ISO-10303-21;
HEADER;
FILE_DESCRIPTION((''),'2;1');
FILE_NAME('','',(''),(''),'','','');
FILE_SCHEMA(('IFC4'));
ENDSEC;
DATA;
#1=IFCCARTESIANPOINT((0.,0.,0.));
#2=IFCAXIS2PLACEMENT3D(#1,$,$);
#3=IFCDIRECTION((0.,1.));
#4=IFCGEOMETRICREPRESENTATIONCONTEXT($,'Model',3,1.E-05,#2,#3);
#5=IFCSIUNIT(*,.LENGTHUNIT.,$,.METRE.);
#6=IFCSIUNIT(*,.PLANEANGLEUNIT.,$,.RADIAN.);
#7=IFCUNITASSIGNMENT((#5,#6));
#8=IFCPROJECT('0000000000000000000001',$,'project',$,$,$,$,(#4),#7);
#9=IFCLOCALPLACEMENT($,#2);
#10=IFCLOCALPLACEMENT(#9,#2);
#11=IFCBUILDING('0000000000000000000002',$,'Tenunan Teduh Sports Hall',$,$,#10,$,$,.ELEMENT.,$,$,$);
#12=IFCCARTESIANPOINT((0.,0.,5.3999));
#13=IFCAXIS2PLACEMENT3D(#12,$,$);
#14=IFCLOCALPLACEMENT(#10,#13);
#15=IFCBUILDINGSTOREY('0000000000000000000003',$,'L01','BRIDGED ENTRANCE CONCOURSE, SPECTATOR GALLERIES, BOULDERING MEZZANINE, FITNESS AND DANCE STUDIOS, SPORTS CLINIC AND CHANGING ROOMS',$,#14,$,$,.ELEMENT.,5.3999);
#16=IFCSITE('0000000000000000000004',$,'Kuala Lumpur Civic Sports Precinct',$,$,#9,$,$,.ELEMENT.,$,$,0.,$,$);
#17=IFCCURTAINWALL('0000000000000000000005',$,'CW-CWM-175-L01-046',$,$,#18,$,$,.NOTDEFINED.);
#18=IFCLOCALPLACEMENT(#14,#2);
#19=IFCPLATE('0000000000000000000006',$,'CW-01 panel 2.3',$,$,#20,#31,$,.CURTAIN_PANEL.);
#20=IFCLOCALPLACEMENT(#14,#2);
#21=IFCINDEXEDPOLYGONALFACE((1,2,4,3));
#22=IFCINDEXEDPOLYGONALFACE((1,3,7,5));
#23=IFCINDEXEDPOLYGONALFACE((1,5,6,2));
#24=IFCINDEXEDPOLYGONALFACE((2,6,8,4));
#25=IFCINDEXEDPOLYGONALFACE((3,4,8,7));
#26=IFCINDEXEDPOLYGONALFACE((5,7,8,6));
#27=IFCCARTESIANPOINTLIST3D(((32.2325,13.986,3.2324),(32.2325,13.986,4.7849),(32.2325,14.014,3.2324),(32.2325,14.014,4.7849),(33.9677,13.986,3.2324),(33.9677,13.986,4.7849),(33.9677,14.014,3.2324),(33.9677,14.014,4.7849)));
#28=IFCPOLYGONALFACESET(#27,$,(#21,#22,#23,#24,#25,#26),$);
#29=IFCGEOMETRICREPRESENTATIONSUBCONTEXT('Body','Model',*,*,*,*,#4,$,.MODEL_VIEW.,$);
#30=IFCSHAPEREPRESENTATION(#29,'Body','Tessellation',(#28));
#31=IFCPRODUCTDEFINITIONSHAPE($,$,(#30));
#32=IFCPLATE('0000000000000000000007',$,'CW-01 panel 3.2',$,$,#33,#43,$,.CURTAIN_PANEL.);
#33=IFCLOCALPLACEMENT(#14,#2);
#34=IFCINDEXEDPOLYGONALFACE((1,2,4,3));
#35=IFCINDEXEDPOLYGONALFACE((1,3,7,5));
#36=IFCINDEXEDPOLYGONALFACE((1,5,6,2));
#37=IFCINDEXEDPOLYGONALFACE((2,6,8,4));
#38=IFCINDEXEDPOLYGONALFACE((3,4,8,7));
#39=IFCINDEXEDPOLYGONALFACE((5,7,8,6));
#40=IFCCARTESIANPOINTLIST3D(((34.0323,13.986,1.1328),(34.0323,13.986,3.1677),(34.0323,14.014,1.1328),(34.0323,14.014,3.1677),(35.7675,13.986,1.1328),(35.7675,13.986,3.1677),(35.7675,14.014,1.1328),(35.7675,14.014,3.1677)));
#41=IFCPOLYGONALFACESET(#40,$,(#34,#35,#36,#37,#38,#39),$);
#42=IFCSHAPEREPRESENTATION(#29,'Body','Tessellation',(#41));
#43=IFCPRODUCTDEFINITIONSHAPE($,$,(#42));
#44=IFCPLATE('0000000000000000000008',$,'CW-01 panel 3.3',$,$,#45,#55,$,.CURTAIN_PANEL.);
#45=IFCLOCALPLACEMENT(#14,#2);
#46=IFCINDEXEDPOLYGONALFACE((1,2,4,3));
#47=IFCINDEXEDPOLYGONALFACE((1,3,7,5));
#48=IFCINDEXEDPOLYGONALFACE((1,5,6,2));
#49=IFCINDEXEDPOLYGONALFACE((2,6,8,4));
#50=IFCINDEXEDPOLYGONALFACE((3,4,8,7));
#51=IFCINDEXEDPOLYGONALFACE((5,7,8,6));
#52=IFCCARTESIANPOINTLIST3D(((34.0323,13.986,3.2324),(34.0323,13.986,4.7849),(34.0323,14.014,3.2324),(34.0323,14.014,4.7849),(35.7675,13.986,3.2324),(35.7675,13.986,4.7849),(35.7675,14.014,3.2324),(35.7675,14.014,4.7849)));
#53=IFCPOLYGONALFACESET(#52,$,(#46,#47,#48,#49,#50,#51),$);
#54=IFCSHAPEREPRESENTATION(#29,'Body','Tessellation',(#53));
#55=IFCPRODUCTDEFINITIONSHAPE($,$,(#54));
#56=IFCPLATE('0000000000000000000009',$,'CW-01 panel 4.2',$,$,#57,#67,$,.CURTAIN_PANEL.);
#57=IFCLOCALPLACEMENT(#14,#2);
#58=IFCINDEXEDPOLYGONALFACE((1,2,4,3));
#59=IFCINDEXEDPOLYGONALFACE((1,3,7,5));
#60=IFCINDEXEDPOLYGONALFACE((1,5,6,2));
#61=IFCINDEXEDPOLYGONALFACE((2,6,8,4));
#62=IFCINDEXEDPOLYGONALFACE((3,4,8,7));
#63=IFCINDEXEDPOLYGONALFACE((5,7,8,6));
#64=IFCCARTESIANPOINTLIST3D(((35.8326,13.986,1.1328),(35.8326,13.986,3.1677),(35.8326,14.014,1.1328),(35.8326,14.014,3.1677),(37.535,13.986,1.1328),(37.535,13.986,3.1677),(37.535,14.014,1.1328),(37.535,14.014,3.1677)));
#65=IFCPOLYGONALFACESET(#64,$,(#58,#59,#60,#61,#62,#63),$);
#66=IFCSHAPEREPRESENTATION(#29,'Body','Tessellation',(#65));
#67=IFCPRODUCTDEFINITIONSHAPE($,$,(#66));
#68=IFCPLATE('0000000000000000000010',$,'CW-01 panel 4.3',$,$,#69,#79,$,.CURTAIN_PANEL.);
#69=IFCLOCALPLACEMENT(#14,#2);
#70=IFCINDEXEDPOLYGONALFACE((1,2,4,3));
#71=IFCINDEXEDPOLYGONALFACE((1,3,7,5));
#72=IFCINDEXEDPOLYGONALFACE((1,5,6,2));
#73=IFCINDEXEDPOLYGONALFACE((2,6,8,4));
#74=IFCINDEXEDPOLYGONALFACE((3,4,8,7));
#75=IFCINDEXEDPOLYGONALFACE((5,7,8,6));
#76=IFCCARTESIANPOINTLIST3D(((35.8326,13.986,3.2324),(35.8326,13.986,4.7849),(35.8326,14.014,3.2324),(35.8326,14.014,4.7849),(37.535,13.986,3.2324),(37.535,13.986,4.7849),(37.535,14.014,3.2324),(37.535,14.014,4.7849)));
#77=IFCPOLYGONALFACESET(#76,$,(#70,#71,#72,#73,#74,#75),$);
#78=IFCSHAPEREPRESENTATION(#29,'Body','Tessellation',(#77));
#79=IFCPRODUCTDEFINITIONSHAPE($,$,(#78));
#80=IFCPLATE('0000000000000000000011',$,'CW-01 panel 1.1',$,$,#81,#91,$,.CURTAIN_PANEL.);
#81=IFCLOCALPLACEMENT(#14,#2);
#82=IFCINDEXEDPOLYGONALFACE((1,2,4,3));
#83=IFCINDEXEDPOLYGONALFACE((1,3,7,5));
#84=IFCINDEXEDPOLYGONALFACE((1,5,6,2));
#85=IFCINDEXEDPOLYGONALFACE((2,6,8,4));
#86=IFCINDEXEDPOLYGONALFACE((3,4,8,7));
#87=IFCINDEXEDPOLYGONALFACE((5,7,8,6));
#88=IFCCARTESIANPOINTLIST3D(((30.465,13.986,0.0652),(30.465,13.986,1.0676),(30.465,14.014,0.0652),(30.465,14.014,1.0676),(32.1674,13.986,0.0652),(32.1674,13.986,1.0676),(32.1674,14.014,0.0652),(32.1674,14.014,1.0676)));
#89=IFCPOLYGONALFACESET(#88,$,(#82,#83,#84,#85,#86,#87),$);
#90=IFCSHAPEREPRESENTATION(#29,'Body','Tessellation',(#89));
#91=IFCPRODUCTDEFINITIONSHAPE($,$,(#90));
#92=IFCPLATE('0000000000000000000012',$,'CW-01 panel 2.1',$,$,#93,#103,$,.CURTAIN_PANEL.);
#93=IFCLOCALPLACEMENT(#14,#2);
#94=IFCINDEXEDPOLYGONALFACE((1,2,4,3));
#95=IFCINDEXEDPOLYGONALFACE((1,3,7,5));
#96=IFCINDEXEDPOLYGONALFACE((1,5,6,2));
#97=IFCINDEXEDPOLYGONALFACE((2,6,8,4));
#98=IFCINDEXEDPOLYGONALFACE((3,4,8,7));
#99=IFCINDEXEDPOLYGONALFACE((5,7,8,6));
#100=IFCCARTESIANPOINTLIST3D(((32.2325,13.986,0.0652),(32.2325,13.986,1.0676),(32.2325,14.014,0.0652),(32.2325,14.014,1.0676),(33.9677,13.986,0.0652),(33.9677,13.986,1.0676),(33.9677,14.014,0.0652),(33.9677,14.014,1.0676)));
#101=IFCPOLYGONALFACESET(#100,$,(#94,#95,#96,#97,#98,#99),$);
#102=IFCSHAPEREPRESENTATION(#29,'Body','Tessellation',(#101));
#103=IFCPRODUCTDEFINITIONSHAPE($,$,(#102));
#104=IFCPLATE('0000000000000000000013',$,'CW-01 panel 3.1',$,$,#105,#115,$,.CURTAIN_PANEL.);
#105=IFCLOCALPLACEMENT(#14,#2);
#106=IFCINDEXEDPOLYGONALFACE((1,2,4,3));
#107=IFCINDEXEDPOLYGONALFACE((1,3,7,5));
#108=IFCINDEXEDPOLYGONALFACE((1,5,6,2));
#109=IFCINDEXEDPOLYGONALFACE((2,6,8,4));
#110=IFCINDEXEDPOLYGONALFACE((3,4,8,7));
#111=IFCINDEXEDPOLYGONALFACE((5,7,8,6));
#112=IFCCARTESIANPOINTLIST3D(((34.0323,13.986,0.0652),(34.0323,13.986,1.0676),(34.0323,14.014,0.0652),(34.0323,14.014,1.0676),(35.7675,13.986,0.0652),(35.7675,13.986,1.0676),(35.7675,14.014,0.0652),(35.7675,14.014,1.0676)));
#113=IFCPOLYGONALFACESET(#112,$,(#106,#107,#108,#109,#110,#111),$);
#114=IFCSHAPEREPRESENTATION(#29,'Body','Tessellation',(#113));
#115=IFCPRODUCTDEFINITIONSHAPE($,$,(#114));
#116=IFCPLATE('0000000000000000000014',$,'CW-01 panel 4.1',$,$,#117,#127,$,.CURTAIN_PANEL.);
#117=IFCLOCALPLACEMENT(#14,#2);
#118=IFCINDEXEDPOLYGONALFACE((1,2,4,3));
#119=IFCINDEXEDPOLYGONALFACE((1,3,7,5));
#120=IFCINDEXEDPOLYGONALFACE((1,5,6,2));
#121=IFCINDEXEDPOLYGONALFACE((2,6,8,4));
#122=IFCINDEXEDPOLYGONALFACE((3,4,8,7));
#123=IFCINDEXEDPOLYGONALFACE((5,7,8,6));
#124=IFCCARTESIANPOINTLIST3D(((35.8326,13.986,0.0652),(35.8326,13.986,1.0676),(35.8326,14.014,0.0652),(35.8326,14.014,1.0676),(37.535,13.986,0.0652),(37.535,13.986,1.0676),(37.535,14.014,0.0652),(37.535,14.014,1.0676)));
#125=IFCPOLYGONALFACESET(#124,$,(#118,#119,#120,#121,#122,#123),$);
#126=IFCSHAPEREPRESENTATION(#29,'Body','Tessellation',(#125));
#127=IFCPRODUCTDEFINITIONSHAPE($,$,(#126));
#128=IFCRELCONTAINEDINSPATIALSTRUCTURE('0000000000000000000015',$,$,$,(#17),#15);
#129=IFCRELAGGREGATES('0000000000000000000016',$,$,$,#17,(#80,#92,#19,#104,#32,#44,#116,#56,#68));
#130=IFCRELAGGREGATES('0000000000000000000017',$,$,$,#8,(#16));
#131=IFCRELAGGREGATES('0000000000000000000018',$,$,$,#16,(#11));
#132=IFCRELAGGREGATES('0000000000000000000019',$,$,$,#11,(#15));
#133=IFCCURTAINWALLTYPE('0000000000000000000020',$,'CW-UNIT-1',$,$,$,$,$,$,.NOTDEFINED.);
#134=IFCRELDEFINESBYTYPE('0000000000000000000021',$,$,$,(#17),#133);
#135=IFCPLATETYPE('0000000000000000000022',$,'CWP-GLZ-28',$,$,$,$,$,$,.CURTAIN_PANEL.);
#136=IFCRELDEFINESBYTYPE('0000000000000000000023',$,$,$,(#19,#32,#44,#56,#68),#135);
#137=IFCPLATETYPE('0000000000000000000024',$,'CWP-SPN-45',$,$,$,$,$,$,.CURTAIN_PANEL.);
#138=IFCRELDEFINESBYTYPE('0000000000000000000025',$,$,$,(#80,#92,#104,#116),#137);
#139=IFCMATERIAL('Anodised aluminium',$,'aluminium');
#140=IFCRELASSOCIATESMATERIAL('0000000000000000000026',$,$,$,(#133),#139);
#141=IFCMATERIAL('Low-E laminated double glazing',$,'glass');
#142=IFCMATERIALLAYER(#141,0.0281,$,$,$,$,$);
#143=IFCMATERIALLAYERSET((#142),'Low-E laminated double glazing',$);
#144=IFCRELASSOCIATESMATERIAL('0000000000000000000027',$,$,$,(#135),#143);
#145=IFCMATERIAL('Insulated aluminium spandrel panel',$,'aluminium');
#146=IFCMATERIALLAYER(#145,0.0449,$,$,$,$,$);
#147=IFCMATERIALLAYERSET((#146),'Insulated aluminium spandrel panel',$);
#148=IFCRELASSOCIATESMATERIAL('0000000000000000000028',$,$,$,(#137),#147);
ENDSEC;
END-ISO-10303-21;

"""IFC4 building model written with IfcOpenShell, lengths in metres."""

from ifc_helpers import new_model, si_unit, direction, frame, origin, origin_2d, place, context, subcontext, project, spatial, rectangle, extrude, material, layer, layer_set, type_object, element, aggregate, save


model = new_model("IFC4")

# Units and contexts
model_context = context("Model", 3, precision=1e-05, world=origin(), true_north=direction((0.0, 1.0)))
body_context = subcontext(model_context, "Body", "Model", "MODEL_VIEW")
ifc_project = project(units=[si_unit("LENGTHUNIT", "METRE"), si_unit("PLANEANGLEUNIT", "RADIAN")], contexts=[model_context])

# Site, building, storey
site_placement = place(None, origin())
site = spatial("IfcSite", under=ifc_project, at=site_placement, Name="Kuala Lumpur Civic Sports Precinct", CompositionType="ELEMENT", RefElevation=0.0)
building_placement = place(site_placement, origin())
building = spatial("IfcBuilding", under=site, at=building_placement, Name="Tenunan Teduh Sports Hall", CompositionType="ELEMENT")
storey_placement = place(building_placement, frame((0.0, 0.0, 5.3999)))
storey = spatial("IfcBuildingStorey", under=building, at=storey_placement, Name="L01", Description="BRIDGED ENTRANCE CONCOURSE, SPECTATOR GALLERIES, BOULDERING MEZZANINE, FITNESS AND DANCE STUDIOS, SPORTS CLINIC AND CHANGING ROOMS", CompositionType="ELEMENT", Elevation=5.3999)

# Curtain wall
ifc_material_1 = material(Name="Anodised aluminium", Category="aluminium")
curtain_wall_type = type_object("IfcCurtainWallType", Name="CW-UNIT-1", PredefinedType="NOTDEFINED", material=ifc_material_1)
curtain_wall_placement = place(storey_placement, origin())
curtain_wall = element("IfcCurtainWall", 1, at=curtain_wall_placement, inside=storey, type_object=curtain_wall_type, Name="CW-CWM-175-L01-046", PredefinedType="NOTDEFINED")

# Plates
ifc_material_2 = material(Name="Low-E laminated double glazing", Category="glass")
ifc_layer_1 = layer(ifc_material_2, 0.0281)
ifc_layer_set_1 = layer_set([ifc_layer_1], Name="Low-E laminated double glazing")
plate_type_1 = type_object("IfcPlateType", Name="CWP-GLZ-28", PredefinedType="CURTAIN_PANEL", material=ifc_layer_set_1)
plate_1_placement = place(storey_placement, frame((33.1001, 14.0, 3.2324), z_axis=(0.0, 0.0, 1.0), x_axis=(1.0, 0.0, 0.0)))
plate_1 = element("IfcPlate", 2, at=plate_1_placement, type_object=plate_type_1, Name="CW-01 panel 2.3", PredefinedType="CURTAIN_PANEL", context=body_context, shape_type="SweptSolid", body=[
    extrude(rectangle(XDim=1.7351, YDim=0.0281, at=origin_2d()), origin(), (0.0, 0.0, 1.0), 1.5525),
])
plate_2_placement = place(storey_placement, frame((34.8999, 14.0, 1.1328), z_axis=(0.0, 0.0, 1.0), x_axis=(1.0, 0.0, 0.0)))
plate_2 = element("IfcPlate", 3, at=plate_2_placement, type_object=plate_type_1, Name="CW-01 panel 3.2", PredefinedType="CURTAIN_PANEL", context=body_context, shape_type="SweptSolid", body=[
    extrude(rectangle(XDim=1.7351, YDim=0.0281, at=origin_2d()), origin(), (0.0, 0.0, 1.0), 2.0349),
])
plate_3_placement = place(storey_placement, frame((34.8999, 14.0, 3.2324), z_axis=(0.0, 0.0, 1.0), x_axis=(1.0, 0.0, 0.0)))
plate_3 = element("IfcPlate", 4, at=plate_3_placement, type_object=plate_type_1, Name="CW-01 panel 3.3", PredefinedType="CURTAIN_PANEL", context=body_context, shape_type="SweptSolid", body=[
    extrude(rectangle(XDim=1.7351, YDim=0.0281, at=origin_2d()), origin(), (0.0, 0.0, 1.0), 1.5525),
])
plate_4_placement = place(storey_placement, frame((36.6838, 14.0, 1.1328), z_axis=(0.0, 0.0, 1.0), x_axis=(1.0, 0.0, 0.0)))
plate_4 = element("IfcPlate", 5, at=plate_4_placement, type_object=plate_type_1, Name="CW-01 panel 4.2", PredefinedType="CURTAIN_PANEL", context=body_context, shape_type="SweptSolid", body=[
    extrude(rectangle(XDim=1.7024, YDim=0.0281, at=origin_2d()), origin(), (0.0, 0.0, 1.0), 2.0349),
])
plate_5_placement = place(storey_placement, frame((36.6838, 14.0, 3.2324), z_axis=(0.0, 0.0, 1.0), x_axis=(1.0, 0.0, 0.0)))
plate_5 = element("IfcPlate", 6, at=plate_5_placement, type_object=plate_type_1, Name="CW-01 panel 4.3", PredefinedType="CURTAIN_PANEL", context=body_context, shape_type="SweptSolid", body=[
    extrude(rectangle(XDim=1.7024, YDim=0.0281, at=origin_2d()), origin(), (0.0, 0.0, 1.0), 1.5525),
])
ifc_material_3 = material(Name="Insulated aluminium spandrel panel", Category="aluminium")
ifc_layer_2 = layer(ifc_material_3, 0.0449)
ifc_layer_set_2 = layer_set([ifc_layer_2], Name="Insulated aluminium spandrel panel")
plate_type_2 = type_object("IfcPlateType", Name="CWP-SPN-45", PredefinedType="CURTAIN_PANEL", material=ifc_layer_set_2)
plate_6_placement = place(storey_placement, frame((31.3162, 14.0, 0.0652), z_axis=(0.0, 0.0, 1.0), x_axis=(1.0, 0.0, 0.0)))
plate_6 = element("IfcPlate", 7, at=plate_6_placement, type_object=plate_type_2, Name="CW-01 panel 1.1", PredefinedType="CURTAIN_PANEL", context=body_context, shape_type="SweptSolid", body=[
    extrude(rectangle(XDim=1.7024, YDim=0.0281, at=origin_2d()), origin(), (0.0, 0.0, 1.0), 1.0024),
])
plate_7_placement = place(storey_placement, frame((33.1001, 14.0, 0.0652), z_axis=(0.0, 0.0, 1.0), x_axis=(1.0, 0.0, 0.0)))
plate_7 = element("IfcPlate", 8, at=plate_7_placement, type_object=plate_type_2, Name="CW-01 panel 2.1", PredefinedType="CURTAIN_PANEL", context=body_context, shape_type="SweptSolid", body=[
    extrude(rectangle(XDim=1.7351, YDim=0.0281, at=origin_2d()), origin(), (0.0, 0.0, 1.0), 1.0024),
])
plate_8_placement = place(storey_placement, frame((34.8999, 14.0, 0.0652), z_axis=(0.0, 0.0, 1.0), x_axis=(1.0, 0.0, 0.0)))
plate_8 = element("IfcPlate", 9, at=plate_8_placement, type_object=plate_type_2, Name="CW-01 panel 3.1", PredefinedType="CURTAIN_PANEL", context=body_context, shape_type="SweptSolid", body=[
    extrude(rectangle(XDim=1.7351, YDim=0.0281, at=origin_2d()), origin(), (0.0, 0.0, 1.0), 1.0024),
])
plate_9_placement = place(storey_placement, frame((36.6838, 14.0, 0.0652), z_axis=(0.0, 0.0, 1.0), x_axis=(1.0, 0.0, 0.0)))
plate_9 = element("IfcPlate", 10, at=plate_9_placement, type_object=plate_type_2, Name="CW-01 panel 4.1", PredefinedType="CURTAIN_PANEL", context=body_context, shape_type="SweptSolid", body=[
    extrude(rectangle(XDim=1.7024, YDim=0.0281, at=origin_2d()), origin(), (0.0, 0.0, 1.0), 1.0024),
])
aggregate(curtain_wall, [plate_6, plate_7, plate_1, plate_8, plate_2, plate_3, plate_9, plate_4, plate_5])

save(model, "model.ifc")
